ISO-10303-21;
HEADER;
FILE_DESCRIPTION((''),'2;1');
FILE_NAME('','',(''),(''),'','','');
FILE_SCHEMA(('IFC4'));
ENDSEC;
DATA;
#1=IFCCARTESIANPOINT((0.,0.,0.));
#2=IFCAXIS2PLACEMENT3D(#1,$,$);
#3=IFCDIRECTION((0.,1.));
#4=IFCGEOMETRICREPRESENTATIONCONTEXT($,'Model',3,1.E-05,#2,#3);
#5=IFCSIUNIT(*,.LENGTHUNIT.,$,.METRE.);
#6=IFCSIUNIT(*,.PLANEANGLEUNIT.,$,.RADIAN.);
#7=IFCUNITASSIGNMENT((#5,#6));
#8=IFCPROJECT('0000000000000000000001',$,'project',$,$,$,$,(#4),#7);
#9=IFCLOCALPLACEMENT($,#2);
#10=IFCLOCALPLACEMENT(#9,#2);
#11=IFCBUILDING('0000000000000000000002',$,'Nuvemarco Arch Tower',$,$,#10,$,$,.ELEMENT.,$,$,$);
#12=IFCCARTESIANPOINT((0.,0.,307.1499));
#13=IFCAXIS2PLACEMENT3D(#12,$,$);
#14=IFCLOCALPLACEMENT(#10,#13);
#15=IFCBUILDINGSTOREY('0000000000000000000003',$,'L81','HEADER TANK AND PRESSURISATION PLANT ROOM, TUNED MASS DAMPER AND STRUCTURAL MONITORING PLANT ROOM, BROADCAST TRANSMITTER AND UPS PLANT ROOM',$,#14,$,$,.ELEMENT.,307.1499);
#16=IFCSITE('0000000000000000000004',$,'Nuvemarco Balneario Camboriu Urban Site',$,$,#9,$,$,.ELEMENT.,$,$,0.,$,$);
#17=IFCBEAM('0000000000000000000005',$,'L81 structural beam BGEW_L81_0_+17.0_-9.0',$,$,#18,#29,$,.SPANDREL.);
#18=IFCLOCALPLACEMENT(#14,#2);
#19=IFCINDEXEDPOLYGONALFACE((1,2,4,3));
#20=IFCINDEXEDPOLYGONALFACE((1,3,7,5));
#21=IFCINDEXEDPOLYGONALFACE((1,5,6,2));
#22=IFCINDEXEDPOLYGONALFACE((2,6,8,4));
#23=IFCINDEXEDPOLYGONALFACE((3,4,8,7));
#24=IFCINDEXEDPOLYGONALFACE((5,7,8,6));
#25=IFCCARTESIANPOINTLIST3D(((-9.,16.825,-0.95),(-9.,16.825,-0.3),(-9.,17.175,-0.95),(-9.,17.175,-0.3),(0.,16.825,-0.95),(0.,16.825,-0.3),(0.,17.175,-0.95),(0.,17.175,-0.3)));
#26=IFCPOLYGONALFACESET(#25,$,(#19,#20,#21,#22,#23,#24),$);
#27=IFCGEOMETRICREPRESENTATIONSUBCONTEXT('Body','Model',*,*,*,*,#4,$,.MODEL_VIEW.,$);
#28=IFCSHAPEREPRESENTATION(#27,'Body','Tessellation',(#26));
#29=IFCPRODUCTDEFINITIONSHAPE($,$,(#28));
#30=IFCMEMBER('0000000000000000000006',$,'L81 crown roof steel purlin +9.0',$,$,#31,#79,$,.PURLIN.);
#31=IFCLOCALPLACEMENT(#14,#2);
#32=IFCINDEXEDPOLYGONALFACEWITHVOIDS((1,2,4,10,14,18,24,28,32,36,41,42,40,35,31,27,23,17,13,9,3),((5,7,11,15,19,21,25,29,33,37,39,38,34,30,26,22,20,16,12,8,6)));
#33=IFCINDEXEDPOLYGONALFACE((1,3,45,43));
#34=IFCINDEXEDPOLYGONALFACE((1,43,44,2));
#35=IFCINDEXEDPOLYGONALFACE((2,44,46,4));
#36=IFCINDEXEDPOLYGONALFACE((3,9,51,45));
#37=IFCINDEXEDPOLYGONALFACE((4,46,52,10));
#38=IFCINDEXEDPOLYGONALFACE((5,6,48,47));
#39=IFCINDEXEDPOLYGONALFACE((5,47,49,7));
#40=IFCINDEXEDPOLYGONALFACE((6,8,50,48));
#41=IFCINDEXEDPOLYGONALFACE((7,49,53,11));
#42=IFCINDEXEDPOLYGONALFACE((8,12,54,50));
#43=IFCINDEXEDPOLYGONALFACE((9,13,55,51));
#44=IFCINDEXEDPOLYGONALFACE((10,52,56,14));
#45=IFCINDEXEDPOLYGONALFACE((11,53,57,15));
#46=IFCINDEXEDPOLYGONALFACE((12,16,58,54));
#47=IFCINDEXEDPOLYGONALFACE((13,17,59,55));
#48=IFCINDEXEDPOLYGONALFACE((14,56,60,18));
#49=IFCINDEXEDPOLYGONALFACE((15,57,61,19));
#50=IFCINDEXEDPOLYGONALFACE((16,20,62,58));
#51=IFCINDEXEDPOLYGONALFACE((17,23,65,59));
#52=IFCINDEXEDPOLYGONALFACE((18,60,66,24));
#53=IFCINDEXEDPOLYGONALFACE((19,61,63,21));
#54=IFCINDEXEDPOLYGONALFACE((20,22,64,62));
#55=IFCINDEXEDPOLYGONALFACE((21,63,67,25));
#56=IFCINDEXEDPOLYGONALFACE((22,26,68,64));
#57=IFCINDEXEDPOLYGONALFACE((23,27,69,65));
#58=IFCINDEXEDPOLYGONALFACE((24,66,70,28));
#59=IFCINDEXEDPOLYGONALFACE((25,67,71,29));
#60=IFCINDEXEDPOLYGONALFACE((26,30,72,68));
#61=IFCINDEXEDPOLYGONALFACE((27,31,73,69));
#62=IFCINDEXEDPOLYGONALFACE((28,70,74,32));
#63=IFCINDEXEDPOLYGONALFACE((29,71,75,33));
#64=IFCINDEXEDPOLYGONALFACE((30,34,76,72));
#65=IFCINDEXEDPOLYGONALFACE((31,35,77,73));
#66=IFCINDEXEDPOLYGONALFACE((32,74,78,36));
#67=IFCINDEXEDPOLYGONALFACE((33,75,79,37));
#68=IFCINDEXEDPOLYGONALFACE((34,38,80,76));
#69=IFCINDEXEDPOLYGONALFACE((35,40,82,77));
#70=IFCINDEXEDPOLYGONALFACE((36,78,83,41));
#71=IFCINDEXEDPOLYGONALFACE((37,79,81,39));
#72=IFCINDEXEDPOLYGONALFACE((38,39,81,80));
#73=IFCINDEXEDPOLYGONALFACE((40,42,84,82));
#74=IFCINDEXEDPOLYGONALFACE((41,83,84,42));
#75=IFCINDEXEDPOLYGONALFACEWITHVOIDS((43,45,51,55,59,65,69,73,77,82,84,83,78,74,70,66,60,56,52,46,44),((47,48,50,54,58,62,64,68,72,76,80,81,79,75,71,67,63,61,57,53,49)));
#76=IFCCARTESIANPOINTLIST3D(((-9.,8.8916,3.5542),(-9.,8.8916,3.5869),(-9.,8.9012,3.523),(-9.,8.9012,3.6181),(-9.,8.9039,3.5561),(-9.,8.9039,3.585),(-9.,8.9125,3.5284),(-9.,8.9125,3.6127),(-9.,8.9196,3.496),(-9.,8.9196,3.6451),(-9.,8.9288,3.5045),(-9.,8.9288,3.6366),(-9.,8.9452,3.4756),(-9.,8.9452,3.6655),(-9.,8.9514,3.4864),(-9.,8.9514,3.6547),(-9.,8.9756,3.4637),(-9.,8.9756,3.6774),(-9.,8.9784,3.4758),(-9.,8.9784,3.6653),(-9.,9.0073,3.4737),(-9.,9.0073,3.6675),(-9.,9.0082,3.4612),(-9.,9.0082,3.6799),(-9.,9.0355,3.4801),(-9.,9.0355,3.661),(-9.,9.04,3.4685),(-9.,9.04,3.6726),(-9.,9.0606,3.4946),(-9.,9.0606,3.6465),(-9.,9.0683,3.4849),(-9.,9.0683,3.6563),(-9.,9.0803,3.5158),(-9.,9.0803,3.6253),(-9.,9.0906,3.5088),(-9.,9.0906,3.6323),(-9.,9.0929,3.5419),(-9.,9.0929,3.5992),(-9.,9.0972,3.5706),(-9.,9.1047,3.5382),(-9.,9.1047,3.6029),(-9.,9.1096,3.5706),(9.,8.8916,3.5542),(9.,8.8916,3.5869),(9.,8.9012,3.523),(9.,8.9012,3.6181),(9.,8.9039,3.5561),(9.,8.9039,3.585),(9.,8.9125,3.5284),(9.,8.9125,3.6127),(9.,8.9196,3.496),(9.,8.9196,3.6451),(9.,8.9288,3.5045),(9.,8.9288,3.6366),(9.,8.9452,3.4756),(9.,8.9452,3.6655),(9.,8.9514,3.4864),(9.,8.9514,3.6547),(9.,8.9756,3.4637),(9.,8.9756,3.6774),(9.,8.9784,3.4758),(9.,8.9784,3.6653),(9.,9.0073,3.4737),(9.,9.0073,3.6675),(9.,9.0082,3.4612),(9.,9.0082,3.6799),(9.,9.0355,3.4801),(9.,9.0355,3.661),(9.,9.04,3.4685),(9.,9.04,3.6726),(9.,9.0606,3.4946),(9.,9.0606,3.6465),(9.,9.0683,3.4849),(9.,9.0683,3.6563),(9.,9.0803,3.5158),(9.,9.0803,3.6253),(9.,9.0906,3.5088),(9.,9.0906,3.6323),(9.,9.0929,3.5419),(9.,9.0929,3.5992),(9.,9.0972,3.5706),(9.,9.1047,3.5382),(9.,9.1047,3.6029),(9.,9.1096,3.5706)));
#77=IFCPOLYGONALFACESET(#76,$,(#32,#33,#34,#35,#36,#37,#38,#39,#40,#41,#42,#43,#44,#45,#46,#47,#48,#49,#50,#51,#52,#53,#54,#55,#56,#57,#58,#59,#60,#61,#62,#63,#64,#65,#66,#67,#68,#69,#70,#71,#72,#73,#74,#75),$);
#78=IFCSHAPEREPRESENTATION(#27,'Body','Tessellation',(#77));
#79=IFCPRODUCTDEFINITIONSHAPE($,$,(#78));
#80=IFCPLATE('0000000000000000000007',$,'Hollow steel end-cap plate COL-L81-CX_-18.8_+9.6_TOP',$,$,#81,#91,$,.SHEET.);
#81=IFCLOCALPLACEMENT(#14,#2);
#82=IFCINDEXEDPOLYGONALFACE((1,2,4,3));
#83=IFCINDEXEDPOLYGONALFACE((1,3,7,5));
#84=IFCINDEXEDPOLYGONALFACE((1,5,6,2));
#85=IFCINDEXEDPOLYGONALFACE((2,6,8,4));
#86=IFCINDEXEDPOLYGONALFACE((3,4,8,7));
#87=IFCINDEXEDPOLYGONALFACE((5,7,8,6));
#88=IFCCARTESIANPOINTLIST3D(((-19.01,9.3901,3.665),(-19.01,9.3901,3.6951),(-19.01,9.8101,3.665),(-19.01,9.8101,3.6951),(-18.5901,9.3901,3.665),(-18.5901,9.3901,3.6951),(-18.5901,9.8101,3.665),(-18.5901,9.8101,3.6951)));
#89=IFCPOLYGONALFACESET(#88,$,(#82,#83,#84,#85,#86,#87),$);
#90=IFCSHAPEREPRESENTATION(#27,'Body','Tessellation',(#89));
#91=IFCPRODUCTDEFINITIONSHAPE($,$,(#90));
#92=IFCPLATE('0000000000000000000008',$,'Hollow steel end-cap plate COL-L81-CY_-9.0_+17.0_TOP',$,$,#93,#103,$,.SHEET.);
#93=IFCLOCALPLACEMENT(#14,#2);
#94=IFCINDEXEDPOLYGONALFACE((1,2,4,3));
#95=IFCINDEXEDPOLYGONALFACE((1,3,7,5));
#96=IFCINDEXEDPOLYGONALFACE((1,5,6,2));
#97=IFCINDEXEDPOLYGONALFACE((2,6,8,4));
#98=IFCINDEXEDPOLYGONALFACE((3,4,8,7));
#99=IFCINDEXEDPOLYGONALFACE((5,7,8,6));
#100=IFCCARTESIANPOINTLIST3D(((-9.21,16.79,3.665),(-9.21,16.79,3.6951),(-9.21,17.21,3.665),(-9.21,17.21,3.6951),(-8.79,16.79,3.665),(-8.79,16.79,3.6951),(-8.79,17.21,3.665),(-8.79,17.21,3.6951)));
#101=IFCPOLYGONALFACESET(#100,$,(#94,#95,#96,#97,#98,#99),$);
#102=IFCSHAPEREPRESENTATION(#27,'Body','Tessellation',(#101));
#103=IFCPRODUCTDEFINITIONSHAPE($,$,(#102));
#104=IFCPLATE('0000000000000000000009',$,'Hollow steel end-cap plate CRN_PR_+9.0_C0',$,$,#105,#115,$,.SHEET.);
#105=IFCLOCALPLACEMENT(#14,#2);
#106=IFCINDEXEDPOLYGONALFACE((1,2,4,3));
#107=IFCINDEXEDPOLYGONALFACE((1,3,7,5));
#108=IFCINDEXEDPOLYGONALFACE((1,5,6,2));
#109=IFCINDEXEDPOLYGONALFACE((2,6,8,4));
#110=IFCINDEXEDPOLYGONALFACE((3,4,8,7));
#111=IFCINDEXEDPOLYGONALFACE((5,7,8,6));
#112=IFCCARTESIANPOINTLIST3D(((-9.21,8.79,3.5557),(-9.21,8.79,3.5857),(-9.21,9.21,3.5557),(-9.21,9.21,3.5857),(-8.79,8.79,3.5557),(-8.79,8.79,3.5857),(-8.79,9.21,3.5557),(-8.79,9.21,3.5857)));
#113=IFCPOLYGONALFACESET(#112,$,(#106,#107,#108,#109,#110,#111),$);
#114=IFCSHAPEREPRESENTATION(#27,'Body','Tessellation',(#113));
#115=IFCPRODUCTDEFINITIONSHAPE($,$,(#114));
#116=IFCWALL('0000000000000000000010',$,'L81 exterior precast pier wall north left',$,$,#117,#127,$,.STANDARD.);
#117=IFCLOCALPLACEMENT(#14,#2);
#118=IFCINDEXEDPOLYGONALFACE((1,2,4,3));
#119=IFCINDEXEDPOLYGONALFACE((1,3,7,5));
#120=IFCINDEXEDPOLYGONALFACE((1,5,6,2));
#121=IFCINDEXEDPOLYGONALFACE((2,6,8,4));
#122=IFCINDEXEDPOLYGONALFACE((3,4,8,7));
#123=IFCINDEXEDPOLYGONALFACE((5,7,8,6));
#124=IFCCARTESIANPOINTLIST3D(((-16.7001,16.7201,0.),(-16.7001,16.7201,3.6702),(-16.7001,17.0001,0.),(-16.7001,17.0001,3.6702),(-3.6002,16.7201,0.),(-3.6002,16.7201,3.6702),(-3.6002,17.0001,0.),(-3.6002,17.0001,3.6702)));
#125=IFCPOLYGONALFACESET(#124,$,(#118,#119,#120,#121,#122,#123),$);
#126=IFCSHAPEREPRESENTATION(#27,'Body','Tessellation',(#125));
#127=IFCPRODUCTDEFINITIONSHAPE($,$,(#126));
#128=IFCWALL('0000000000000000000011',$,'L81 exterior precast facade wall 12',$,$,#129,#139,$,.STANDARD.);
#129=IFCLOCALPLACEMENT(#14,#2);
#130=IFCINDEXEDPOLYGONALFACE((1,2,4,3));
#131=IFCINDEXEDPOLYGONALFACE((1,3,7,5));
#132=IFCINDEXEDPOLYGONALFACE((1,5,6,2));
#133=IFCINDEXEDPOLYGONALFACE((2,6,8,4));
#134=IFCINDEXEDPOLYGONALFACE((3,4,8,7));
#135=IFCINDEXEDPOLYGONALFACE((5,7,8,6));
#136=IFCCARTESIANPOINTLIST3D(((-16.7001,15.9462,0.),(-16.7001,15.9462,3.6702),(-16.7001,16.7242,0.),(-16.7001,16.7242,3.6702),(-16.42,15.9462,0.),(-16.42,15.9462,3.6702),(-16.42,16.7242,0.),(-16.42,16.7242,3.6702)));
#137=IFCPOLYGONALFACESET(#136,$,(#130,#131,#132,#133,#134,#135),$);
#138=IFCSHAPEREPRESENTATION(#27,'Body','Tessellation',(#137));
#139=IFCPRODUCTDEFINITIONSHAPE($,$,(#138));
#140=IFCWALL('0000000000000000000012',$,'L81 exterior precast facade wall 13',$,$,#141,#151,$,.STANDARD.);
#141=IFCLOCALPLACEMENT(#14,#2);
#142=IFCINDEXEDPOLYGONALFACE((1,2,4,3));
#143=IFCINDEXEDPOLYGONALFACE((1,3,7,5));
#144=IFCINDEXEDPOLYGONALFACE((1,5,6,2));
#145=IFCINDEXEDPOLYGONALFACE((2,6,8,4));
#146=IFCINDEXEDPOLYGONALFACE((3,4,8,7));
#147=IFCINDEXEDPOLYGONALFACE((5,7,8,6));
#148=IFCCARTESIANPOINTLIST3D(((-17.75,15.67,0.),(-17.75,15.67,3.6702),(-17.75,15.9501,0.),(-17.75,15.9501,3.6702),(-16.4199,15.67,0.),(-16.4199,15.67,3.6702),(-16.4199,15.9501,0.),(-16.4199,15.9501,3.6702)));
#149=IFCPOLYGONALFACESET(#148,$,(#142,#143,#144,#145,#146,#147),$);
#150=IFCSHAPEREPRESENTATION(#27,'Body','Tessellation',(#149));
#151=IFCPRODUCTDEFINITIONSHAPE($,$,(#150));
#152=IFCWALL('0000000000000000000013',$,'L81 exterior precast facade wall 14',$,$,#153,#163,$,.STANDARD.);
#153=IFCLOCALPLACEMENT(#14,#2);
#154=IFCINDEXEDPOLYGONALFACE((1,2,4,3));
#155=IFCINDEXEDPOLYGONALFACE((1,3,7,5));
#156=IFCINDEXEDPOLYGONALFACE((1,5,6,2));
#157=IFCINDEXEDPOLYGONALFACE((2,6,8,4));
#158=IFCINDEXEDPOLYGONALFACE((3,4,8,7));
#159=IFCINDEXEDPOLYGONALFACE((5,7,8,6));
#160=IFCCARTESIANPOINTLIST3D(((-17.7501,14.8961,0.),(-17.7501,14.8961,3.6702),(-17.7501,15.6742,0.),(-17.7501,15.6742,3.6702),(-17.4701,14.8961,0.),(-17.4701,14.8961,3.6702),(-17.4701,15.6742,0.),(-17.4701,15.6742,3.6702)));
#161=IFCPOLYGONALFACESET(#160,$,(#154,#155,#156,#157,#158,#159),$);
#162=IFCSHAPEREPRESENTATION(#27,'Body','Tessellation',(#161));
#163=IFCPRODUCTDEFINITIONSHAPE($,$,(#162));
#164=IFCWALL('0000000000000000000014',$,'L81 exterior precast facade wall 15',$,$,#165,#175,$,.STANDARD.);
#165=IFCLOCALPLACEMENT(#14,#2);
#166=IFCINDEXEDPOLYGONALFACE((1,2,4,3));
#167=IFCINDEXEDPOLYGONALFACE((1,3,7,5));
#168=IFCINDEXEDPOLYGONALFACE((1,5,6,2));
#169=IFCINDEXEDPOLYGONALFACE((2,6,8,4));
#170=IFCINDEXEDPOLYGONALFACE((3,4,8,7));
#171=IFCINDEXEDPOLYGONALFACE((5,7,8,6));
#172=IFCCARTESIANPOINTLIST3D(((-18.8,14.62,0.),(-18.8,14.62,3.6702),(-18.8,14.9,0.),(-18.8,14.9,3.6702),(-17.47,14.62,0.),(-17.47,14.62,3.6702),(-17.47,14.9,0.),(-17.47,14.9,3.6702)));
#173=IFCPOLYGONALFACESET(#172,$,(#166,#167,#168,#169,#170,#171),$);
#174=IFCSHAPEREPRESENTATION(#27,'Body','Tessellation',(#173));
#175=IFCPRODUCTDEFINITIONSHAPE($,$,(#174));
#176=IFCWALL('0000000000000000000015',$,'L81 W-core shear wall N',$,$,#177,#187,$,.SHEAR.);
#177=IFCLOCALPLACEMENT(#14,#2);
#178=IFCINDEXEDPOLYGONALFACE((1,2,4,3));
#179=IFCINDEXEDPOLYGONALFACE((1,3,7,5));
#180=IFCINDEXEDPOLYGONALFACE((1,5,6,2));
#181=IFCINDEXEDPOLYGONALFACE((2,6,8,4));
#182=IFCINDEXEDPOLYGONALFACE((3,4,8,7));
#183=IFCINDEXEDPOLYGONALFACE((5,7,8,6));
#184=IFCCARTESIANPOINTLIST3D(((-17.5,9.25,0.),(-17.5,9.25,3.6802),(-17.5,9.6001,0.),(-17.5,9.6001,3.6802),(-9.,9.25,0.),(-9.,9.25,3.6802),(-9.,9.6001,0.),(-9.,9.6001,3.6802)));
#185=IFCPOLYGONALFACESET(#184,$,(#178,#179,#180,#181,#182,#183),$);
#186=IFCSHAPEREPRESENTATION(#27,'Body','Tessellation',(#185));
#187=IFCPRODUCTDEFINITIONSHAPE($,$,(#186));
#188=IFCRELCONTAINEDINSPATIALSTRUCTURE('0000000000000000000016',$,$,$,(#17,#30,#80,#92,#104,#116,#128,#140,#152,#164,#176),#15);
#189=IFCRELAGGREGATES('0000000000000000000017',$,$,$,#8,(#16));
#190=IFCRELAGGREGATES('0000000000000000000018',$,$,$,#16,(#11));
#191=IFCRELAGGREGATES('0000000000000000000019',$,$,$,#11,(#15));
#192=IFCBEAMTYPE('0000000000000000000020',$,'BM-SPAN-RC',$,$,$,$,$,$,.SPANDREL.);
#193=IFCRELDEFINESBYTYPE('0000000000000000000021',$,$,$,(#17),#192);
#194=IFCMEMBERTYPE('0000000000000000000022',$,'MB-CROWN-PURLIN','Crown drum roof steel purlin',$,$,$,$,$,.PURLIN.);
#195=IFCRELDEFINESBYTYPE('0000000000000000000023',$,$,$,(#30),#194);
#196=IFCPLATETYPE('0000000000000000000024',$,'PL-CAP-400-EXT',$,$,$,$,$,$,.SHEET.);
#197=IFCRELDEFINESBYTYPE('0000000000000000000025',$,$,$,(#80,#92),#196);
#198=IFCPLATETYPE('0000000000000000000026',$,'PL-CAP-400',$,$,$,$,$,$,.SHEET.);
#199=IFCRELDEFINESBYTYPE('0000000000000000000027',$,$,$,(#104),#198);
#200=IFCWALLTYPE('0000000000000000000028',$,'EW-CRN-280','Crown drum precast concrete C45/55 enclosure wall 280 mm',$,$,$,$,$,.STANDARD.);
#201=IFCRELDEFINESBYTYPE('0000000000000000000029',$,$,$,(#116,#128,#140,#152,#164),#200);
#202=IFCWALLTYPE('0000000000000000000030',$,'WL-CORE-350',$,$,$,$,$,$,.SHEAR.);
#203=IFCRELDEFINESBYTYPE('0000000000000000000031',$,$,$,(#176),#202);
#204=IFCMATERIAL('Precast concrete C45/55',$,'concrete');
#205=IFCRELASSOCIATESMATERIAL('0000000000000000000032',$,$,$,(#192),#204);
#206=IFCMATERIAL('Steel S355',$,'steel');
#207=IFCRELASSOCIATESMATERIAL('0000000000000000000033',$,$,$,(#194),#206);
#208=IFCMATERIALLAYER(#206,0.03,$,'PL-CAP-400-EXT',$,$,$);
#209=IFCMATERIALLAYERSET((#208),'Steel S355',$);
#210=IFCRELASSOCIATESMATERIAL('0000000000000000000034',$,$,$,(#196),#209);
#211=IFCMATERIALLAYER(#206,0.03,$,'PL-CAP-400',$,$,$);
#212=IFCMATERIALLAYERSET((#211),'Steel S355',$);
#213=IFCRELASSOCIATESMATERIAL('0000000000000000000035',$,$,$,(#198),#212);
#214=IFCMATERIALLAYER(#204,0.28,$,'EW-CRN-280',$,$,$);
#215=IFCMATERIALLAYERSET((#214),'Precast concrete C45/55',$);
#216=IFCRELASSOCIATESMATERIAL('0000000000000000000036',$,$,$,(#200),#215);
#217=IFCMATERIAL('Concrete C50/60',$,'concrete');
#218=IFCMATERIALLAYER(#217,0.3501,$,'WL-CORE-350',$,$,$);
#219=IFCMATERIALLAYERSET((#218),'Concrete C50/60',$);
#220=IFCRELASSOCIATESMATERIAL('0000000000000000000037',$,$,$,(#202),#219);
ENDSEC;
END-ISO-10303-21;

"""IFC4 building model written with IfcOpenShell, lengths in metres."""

from ifc_helpers import new_model, si_unit, direction, frame, frame_2d, origin, origin_2d, place, context, subcontext, project, spatial, rectangle, hollow_circle, extrude, source, transform, mapped, material, layer, layer_set, material_profile, profile_set, type_object, type_shapes, element, save


model = new_model("IFC4")

# Units and contexts
model_context = context("Model", 3, precision=1e-05, world=origin(), true_north=direction((0.0, 1.0)))
body_context = subcontext(model_context, "Body", "Model", "MODEL_VIEW")
ifc_project = project(units=[si_unit("LENGTHUNIT", "METRE"), si_unit("PLANEANGLEUNIT", "RADIAN")], contexts=[model_context])

# Site, building, storey
site_placement = place(None, origin())
site = spatial("IfcSite", under=ifc_project, at=site_placement, Name="Nuvemarco Balneario Camboriu Urban Site", CompositionType="ELEMENT", RefElevation=0.0)
building_placement = place(site_placement, origin())
building = spatial("IfcBuilding", under=site, at=building_placement, Name="Nuvemarco Arch Tower", CompositionType="ELEMENT")
storey_placement = place(building_placement, frame((0.0, 0.0, 307.1499)))
storey = spatial("IfcBuildingStorey", under=building, at=storey_placement, Name="L81", Description="HEADER TANK AND PRESSURISATION PLANT ROOM, TUNED MASS DAMPER AND STRUCTURAL MONITORING PLANT ROOM, BROADCAST TRANSMITTER AND UPS PLANT ROOM", CompositionType="ELEMENT", Elevation=307.1499)

# Shared definitions
ifc_material_1 = material(Name="Concrete C50/60", Category="concrete")
ifc_material_2 = material(Name="Steel S355", Category="steel")

# Beam
ifc_material_3 = material(Name="Precast concrete C45/55", Category="concrete")
ifc_material_profile_1 = material_profile(ifc_material_3, rectangle(XDim=0.3501, YDim=0.6499, at=origin_2d()), Name="PC-SP-350x650")
ifc_profile_set_1 = profile_set([ifc_material_profile_1], Name="Precast concrete C45/55")
beam_type_1 = type_object("IfcBeamType", Name="BM-SPAN-RC", PredefinedType="SPANDREL", material=ifc_profile_set_1)
beam_1_placement = place(storey_placement, frame((-9.0, 17.0, -0.625), z_axis=(1.0, 0.0, 0.0), x_axis=(0.0, 1.0, 0.0)))
element("IfcBeam", 1, at=beam_1_placement, inside=storey, type_object=beam_type_1, Name="L81 structural beam BGEW_L81_0_+17.0_-9.0", PredefinedType="SPANDREL", context=body_context, shape_type="SweptSolid", body=[
    extrude(rectangle(XDim=0.3501, YDim=0.6499, at=origin_2d()), origin(), (0.0, 0.0, 1.0), 9.0),
])

# Member
ifc_material_profile_2 = material_profile(ifc_material_2, hollow_circle(Radius=0.1096, WallThickness=0.0125, at=origin_2d()), Name="CHS219.1x12.5")
ifc_profile_set_2 = profile_set([ifc_material_profile_2], Name="Steel S355")
member_type = type_object("IfcMemberType", Name="MB-CROWN-PURLIN", Description="Crown drum roof steel purlin", PredefinedType="PURLIN", material=ifc_profile_set_2)
member_placement = place(storey_placement, frame((-9.0, 9.0, 3.5706), z_axis=(1.0, 0.0, 0.0), x_axis=(0.0, 1.0, 0.0)))
element("IfcMember", 2, at=member_placement, inside=storey, type_object=member_type, Name="L81 crown roof steel purlin +9.0", PredefinedType="PURLIN", context=body_context, shape_type="SweptSolid", body=[
    extrude(hollow_circle(Radius=0.1096, WallThickness=0.0125, at=origin_2d()), origin(), (0.0, 0.0, 1.0), 18.0),
])

# Plates
ifc_layer_1 = layer(ifc_material_2, 0.03, Name="PL-CAP-400-EXT")
ifc_layer_set_1 = layer_set([ifc_layer_1], Name="Steel S355")
plate_type_1 = type_object("IfcPlateType", Name="PL-CAP-400-EXT", PredefinedType="SHEET", material=ifc_layer_set_1)
shared_shape_1 = source(origin(), body_context, "Body", "SweptSolid", [
    extrude(rectangle(XDim=0.4199, YDim=0.4199, at=origin_2d()), origin(), (0.0, 0.0, 1.0), 0.03),
])
type_shapes(plate_type_1, [shared_shape_1])
for number, where, z_axis, x_axis, name in (
    (3, (-18.8, 9.6001, 3.665), (0.0, 0.0, 1.0), (1.0, 0.0, 0.0), "Hollow steel end-cap plate COL-L81-CX_-18.8_+9.6_TOP"),
    (4, (-9.0, 17.0, 3.665), (0.0, 0.0, 1.0), (1.0, 0.0, 0.0), "Hollow steel end-cap plate COL-L81-CY_-9.0_+17.0_TOP"),
):
    element("IfcPlate", number, at=place(storey_placement, frame(where, z_axis=z_axis, x_axis=x_axis)), inside=storey, type_object=plate_type_1, Name=name, PredefinedType="SHEET", context=body_context, shape_type="MappedRepresentation", body=[
        mapped(shared_shape_1, transform((0.0, 0.0, 0.0), scale=1.0)),
    ])
ifc_layer_2 = layer(ifc_material_2, 0.03, Name="PL-CAP-400")
ifc_layer_set_2 = layer_set([ifc_layer_2], Name="Steel S355")
plate_type_2 = type_object("IfcPlateType", Name="PL-CAP-400", PredefinedType="SHEET", material=ifc_layer_set_2)
shared_shape_2 = source(origin(), body_context, "Body", "SweptSolid", [
    extrude(rectangle(XDim=0.4199, YDim=0.4199, at=origin_2d()), origin(), (0.0, 0.0, 1.0), 0.03),
])
type_shapes(plate_type_2, [shared_shape_2])
plate_placement = place(storey_placement, frame((-9.0, 9.0, 3.5557), z_axis=(0.0, 0.0, 1.0), x_axis=(1.0, 0.0, 0.0)))
element("IfcPlate", 5, at=plate_placement, inside=storey, type_object=plate_type_2, Name="Hollow steel end-cap plate CRN_PR_+9.0_C0", PredefinedType="SHEET", context=body_context, shape_type="MappedRepresentation", body=[
    mapped(shared_shape_2, transform((0.0, 0.0, 0.0), scale=1.0)),
])

# Walls
ifc_layer_3 = layer(ifc_material_3, 0.28, Name="EW-CRN-280")
ifc_layer_set_3 = layer_set([ifc_layer_3], Name="Precast concrete C45/55")
wall_type_1 = type_object("IfcWallType", Name="EW-CRN-280", Description="Crown drum precast concrete C45/55 enclosure wall 280 mm", PredefinedType="STANDARD", material=ifc_layer_set_3)
wall_1_placement = place(storey_placement, frame((-16.7, 16.8601, 0.0), z_axis=(0.0, 0.0, 1.0), x_axis=(1.0, 0.0, 0.0)))
element("IfcWall", 6, at=wall_1_placement, inside=storey, type_object=wall_type_1, Name="L81 exterior precast pier wall north left", PredefinedType="STANDARD", context=body_context, shape_type="SweptSolid", body=[
    extrude(rectangle(XDim=13.0999, YDim=0.28, at=frame_2d((6.5498, 0.0))), origin(), (0.0, 0.0, 1.0), 3.6702),
])
wall_2_placement = place(storey_placement, frame((-16.5601, 15.946, 0.0), z_axis=(0.0, 0.0, 1.0), x_axis=(0.0, 1.0, 0.0)))
element("IfcWall", 7, at=wall_2_placement, inside=storey, type_object=wall_type_1, Name="L81 exterior precast facade wall 12", PredefinedType="STANDARD", context=body_context, shape_type="SweptSolid", body=[
    extrude(rectangle(XDim=0.7781, YDim=0.28, at=frame_2d((0.3892, 0.0))), origin(), (0.0, 0.0, 1.0), 3.6702),
])
wall_3_placement = place(storey_placement, frame((-17.75, 15.8101, 0.0), z_axis=(0.0, 0.0, 1.0), x_axis=(1.0, 0.0, 0.0)))
element("IfcWall", 8, at=wall_3_placement, inside=storey, type_object=wall_type_1, Name="L81 exterior precast facade wall 13", PredefinedType="STANDARD", context=body_context, shape_type="SweptSolid", body=[
    extrude(rectangle(XDim=1.3301, YDim=0.28, at=frame_2d((0.665, 0.0))), origin(), (0.0, 0.0, 1.0), 3.6702),
])
wall_4_placement = place(storey_placement, frame((-17.6101, 14.896, 0.0), z_axis=(0.0, 0.0, 1.0), x_axis=(0.0, 1.0, 0.0)))
element("IfcWall", 9, at=wall_4_placement, inside=storey, type_object=wall_type_1, Name="L81 exterior precast facade wall 14", PredefinedType="STANDARD", context=body_context, shape_type="SweptSolid", body=[
    extrude(rectangle(XDim=0.7781, YDim=0.28, at=frame_2d((0.3892, 0.0))), origin(), (0.0, 0.0, 1.0), 3.6702),
])
wall_5_placement = place(storey_placement, frame((-18.8, 14.76, 0.0), z_axis=(0.0, 0.0, 1.0), x_axis=(1.0, 0.0, 0.0)))
element("IfcWall", 10, at=wall_5_placement, inside=storey, type_object=wall_type_1, Name="L81 exterior precast facade wall 15", PredefinedType="STANDARD", context=body_context, shape_type="SweptSolid", body=[
    extrude(rectangle(XDim=1.3301, YDim=0.28, at=frame_2d((0.665, 0.0))), origin(), (0.0, 0.0, 1.0), 3.6702),
])
ifc_layer_4 = layer(ifc_material_1, 0.3501, Name="WL-CORE-350")
ifc_layer_set_4 = layer_set([ifc_layer_4], Name="Concrete C50/60")
wall_type_2 = type_object("IfcWallType", Name="WL-CORE-350", PredefinedType="SHEAR", material=ifc_layer_set_4)
wall_6_placement = place(storey_placement, frame((-17.5, 9.425, 0.0), z_axis=(0.0, 0.0, 1.0), x_axis=(1.0, 0.0, 0.0)))
element("IfcWall", 11, at=wall_6_placement, inside=storey, type_object=wall_type_2, Name="L81 W-core shear wall N", PredefinedType="SHEAR", context=body_context, shape_type="SweptSolid", body=[
    extrude(rectangle(XDim=8.5, YDim=0.3501, at=frame_2d((4.25, 0.0))), origin(), (0.0, 0.0, 1.0), 3.6802),
])

save(model, "model.ifc")
